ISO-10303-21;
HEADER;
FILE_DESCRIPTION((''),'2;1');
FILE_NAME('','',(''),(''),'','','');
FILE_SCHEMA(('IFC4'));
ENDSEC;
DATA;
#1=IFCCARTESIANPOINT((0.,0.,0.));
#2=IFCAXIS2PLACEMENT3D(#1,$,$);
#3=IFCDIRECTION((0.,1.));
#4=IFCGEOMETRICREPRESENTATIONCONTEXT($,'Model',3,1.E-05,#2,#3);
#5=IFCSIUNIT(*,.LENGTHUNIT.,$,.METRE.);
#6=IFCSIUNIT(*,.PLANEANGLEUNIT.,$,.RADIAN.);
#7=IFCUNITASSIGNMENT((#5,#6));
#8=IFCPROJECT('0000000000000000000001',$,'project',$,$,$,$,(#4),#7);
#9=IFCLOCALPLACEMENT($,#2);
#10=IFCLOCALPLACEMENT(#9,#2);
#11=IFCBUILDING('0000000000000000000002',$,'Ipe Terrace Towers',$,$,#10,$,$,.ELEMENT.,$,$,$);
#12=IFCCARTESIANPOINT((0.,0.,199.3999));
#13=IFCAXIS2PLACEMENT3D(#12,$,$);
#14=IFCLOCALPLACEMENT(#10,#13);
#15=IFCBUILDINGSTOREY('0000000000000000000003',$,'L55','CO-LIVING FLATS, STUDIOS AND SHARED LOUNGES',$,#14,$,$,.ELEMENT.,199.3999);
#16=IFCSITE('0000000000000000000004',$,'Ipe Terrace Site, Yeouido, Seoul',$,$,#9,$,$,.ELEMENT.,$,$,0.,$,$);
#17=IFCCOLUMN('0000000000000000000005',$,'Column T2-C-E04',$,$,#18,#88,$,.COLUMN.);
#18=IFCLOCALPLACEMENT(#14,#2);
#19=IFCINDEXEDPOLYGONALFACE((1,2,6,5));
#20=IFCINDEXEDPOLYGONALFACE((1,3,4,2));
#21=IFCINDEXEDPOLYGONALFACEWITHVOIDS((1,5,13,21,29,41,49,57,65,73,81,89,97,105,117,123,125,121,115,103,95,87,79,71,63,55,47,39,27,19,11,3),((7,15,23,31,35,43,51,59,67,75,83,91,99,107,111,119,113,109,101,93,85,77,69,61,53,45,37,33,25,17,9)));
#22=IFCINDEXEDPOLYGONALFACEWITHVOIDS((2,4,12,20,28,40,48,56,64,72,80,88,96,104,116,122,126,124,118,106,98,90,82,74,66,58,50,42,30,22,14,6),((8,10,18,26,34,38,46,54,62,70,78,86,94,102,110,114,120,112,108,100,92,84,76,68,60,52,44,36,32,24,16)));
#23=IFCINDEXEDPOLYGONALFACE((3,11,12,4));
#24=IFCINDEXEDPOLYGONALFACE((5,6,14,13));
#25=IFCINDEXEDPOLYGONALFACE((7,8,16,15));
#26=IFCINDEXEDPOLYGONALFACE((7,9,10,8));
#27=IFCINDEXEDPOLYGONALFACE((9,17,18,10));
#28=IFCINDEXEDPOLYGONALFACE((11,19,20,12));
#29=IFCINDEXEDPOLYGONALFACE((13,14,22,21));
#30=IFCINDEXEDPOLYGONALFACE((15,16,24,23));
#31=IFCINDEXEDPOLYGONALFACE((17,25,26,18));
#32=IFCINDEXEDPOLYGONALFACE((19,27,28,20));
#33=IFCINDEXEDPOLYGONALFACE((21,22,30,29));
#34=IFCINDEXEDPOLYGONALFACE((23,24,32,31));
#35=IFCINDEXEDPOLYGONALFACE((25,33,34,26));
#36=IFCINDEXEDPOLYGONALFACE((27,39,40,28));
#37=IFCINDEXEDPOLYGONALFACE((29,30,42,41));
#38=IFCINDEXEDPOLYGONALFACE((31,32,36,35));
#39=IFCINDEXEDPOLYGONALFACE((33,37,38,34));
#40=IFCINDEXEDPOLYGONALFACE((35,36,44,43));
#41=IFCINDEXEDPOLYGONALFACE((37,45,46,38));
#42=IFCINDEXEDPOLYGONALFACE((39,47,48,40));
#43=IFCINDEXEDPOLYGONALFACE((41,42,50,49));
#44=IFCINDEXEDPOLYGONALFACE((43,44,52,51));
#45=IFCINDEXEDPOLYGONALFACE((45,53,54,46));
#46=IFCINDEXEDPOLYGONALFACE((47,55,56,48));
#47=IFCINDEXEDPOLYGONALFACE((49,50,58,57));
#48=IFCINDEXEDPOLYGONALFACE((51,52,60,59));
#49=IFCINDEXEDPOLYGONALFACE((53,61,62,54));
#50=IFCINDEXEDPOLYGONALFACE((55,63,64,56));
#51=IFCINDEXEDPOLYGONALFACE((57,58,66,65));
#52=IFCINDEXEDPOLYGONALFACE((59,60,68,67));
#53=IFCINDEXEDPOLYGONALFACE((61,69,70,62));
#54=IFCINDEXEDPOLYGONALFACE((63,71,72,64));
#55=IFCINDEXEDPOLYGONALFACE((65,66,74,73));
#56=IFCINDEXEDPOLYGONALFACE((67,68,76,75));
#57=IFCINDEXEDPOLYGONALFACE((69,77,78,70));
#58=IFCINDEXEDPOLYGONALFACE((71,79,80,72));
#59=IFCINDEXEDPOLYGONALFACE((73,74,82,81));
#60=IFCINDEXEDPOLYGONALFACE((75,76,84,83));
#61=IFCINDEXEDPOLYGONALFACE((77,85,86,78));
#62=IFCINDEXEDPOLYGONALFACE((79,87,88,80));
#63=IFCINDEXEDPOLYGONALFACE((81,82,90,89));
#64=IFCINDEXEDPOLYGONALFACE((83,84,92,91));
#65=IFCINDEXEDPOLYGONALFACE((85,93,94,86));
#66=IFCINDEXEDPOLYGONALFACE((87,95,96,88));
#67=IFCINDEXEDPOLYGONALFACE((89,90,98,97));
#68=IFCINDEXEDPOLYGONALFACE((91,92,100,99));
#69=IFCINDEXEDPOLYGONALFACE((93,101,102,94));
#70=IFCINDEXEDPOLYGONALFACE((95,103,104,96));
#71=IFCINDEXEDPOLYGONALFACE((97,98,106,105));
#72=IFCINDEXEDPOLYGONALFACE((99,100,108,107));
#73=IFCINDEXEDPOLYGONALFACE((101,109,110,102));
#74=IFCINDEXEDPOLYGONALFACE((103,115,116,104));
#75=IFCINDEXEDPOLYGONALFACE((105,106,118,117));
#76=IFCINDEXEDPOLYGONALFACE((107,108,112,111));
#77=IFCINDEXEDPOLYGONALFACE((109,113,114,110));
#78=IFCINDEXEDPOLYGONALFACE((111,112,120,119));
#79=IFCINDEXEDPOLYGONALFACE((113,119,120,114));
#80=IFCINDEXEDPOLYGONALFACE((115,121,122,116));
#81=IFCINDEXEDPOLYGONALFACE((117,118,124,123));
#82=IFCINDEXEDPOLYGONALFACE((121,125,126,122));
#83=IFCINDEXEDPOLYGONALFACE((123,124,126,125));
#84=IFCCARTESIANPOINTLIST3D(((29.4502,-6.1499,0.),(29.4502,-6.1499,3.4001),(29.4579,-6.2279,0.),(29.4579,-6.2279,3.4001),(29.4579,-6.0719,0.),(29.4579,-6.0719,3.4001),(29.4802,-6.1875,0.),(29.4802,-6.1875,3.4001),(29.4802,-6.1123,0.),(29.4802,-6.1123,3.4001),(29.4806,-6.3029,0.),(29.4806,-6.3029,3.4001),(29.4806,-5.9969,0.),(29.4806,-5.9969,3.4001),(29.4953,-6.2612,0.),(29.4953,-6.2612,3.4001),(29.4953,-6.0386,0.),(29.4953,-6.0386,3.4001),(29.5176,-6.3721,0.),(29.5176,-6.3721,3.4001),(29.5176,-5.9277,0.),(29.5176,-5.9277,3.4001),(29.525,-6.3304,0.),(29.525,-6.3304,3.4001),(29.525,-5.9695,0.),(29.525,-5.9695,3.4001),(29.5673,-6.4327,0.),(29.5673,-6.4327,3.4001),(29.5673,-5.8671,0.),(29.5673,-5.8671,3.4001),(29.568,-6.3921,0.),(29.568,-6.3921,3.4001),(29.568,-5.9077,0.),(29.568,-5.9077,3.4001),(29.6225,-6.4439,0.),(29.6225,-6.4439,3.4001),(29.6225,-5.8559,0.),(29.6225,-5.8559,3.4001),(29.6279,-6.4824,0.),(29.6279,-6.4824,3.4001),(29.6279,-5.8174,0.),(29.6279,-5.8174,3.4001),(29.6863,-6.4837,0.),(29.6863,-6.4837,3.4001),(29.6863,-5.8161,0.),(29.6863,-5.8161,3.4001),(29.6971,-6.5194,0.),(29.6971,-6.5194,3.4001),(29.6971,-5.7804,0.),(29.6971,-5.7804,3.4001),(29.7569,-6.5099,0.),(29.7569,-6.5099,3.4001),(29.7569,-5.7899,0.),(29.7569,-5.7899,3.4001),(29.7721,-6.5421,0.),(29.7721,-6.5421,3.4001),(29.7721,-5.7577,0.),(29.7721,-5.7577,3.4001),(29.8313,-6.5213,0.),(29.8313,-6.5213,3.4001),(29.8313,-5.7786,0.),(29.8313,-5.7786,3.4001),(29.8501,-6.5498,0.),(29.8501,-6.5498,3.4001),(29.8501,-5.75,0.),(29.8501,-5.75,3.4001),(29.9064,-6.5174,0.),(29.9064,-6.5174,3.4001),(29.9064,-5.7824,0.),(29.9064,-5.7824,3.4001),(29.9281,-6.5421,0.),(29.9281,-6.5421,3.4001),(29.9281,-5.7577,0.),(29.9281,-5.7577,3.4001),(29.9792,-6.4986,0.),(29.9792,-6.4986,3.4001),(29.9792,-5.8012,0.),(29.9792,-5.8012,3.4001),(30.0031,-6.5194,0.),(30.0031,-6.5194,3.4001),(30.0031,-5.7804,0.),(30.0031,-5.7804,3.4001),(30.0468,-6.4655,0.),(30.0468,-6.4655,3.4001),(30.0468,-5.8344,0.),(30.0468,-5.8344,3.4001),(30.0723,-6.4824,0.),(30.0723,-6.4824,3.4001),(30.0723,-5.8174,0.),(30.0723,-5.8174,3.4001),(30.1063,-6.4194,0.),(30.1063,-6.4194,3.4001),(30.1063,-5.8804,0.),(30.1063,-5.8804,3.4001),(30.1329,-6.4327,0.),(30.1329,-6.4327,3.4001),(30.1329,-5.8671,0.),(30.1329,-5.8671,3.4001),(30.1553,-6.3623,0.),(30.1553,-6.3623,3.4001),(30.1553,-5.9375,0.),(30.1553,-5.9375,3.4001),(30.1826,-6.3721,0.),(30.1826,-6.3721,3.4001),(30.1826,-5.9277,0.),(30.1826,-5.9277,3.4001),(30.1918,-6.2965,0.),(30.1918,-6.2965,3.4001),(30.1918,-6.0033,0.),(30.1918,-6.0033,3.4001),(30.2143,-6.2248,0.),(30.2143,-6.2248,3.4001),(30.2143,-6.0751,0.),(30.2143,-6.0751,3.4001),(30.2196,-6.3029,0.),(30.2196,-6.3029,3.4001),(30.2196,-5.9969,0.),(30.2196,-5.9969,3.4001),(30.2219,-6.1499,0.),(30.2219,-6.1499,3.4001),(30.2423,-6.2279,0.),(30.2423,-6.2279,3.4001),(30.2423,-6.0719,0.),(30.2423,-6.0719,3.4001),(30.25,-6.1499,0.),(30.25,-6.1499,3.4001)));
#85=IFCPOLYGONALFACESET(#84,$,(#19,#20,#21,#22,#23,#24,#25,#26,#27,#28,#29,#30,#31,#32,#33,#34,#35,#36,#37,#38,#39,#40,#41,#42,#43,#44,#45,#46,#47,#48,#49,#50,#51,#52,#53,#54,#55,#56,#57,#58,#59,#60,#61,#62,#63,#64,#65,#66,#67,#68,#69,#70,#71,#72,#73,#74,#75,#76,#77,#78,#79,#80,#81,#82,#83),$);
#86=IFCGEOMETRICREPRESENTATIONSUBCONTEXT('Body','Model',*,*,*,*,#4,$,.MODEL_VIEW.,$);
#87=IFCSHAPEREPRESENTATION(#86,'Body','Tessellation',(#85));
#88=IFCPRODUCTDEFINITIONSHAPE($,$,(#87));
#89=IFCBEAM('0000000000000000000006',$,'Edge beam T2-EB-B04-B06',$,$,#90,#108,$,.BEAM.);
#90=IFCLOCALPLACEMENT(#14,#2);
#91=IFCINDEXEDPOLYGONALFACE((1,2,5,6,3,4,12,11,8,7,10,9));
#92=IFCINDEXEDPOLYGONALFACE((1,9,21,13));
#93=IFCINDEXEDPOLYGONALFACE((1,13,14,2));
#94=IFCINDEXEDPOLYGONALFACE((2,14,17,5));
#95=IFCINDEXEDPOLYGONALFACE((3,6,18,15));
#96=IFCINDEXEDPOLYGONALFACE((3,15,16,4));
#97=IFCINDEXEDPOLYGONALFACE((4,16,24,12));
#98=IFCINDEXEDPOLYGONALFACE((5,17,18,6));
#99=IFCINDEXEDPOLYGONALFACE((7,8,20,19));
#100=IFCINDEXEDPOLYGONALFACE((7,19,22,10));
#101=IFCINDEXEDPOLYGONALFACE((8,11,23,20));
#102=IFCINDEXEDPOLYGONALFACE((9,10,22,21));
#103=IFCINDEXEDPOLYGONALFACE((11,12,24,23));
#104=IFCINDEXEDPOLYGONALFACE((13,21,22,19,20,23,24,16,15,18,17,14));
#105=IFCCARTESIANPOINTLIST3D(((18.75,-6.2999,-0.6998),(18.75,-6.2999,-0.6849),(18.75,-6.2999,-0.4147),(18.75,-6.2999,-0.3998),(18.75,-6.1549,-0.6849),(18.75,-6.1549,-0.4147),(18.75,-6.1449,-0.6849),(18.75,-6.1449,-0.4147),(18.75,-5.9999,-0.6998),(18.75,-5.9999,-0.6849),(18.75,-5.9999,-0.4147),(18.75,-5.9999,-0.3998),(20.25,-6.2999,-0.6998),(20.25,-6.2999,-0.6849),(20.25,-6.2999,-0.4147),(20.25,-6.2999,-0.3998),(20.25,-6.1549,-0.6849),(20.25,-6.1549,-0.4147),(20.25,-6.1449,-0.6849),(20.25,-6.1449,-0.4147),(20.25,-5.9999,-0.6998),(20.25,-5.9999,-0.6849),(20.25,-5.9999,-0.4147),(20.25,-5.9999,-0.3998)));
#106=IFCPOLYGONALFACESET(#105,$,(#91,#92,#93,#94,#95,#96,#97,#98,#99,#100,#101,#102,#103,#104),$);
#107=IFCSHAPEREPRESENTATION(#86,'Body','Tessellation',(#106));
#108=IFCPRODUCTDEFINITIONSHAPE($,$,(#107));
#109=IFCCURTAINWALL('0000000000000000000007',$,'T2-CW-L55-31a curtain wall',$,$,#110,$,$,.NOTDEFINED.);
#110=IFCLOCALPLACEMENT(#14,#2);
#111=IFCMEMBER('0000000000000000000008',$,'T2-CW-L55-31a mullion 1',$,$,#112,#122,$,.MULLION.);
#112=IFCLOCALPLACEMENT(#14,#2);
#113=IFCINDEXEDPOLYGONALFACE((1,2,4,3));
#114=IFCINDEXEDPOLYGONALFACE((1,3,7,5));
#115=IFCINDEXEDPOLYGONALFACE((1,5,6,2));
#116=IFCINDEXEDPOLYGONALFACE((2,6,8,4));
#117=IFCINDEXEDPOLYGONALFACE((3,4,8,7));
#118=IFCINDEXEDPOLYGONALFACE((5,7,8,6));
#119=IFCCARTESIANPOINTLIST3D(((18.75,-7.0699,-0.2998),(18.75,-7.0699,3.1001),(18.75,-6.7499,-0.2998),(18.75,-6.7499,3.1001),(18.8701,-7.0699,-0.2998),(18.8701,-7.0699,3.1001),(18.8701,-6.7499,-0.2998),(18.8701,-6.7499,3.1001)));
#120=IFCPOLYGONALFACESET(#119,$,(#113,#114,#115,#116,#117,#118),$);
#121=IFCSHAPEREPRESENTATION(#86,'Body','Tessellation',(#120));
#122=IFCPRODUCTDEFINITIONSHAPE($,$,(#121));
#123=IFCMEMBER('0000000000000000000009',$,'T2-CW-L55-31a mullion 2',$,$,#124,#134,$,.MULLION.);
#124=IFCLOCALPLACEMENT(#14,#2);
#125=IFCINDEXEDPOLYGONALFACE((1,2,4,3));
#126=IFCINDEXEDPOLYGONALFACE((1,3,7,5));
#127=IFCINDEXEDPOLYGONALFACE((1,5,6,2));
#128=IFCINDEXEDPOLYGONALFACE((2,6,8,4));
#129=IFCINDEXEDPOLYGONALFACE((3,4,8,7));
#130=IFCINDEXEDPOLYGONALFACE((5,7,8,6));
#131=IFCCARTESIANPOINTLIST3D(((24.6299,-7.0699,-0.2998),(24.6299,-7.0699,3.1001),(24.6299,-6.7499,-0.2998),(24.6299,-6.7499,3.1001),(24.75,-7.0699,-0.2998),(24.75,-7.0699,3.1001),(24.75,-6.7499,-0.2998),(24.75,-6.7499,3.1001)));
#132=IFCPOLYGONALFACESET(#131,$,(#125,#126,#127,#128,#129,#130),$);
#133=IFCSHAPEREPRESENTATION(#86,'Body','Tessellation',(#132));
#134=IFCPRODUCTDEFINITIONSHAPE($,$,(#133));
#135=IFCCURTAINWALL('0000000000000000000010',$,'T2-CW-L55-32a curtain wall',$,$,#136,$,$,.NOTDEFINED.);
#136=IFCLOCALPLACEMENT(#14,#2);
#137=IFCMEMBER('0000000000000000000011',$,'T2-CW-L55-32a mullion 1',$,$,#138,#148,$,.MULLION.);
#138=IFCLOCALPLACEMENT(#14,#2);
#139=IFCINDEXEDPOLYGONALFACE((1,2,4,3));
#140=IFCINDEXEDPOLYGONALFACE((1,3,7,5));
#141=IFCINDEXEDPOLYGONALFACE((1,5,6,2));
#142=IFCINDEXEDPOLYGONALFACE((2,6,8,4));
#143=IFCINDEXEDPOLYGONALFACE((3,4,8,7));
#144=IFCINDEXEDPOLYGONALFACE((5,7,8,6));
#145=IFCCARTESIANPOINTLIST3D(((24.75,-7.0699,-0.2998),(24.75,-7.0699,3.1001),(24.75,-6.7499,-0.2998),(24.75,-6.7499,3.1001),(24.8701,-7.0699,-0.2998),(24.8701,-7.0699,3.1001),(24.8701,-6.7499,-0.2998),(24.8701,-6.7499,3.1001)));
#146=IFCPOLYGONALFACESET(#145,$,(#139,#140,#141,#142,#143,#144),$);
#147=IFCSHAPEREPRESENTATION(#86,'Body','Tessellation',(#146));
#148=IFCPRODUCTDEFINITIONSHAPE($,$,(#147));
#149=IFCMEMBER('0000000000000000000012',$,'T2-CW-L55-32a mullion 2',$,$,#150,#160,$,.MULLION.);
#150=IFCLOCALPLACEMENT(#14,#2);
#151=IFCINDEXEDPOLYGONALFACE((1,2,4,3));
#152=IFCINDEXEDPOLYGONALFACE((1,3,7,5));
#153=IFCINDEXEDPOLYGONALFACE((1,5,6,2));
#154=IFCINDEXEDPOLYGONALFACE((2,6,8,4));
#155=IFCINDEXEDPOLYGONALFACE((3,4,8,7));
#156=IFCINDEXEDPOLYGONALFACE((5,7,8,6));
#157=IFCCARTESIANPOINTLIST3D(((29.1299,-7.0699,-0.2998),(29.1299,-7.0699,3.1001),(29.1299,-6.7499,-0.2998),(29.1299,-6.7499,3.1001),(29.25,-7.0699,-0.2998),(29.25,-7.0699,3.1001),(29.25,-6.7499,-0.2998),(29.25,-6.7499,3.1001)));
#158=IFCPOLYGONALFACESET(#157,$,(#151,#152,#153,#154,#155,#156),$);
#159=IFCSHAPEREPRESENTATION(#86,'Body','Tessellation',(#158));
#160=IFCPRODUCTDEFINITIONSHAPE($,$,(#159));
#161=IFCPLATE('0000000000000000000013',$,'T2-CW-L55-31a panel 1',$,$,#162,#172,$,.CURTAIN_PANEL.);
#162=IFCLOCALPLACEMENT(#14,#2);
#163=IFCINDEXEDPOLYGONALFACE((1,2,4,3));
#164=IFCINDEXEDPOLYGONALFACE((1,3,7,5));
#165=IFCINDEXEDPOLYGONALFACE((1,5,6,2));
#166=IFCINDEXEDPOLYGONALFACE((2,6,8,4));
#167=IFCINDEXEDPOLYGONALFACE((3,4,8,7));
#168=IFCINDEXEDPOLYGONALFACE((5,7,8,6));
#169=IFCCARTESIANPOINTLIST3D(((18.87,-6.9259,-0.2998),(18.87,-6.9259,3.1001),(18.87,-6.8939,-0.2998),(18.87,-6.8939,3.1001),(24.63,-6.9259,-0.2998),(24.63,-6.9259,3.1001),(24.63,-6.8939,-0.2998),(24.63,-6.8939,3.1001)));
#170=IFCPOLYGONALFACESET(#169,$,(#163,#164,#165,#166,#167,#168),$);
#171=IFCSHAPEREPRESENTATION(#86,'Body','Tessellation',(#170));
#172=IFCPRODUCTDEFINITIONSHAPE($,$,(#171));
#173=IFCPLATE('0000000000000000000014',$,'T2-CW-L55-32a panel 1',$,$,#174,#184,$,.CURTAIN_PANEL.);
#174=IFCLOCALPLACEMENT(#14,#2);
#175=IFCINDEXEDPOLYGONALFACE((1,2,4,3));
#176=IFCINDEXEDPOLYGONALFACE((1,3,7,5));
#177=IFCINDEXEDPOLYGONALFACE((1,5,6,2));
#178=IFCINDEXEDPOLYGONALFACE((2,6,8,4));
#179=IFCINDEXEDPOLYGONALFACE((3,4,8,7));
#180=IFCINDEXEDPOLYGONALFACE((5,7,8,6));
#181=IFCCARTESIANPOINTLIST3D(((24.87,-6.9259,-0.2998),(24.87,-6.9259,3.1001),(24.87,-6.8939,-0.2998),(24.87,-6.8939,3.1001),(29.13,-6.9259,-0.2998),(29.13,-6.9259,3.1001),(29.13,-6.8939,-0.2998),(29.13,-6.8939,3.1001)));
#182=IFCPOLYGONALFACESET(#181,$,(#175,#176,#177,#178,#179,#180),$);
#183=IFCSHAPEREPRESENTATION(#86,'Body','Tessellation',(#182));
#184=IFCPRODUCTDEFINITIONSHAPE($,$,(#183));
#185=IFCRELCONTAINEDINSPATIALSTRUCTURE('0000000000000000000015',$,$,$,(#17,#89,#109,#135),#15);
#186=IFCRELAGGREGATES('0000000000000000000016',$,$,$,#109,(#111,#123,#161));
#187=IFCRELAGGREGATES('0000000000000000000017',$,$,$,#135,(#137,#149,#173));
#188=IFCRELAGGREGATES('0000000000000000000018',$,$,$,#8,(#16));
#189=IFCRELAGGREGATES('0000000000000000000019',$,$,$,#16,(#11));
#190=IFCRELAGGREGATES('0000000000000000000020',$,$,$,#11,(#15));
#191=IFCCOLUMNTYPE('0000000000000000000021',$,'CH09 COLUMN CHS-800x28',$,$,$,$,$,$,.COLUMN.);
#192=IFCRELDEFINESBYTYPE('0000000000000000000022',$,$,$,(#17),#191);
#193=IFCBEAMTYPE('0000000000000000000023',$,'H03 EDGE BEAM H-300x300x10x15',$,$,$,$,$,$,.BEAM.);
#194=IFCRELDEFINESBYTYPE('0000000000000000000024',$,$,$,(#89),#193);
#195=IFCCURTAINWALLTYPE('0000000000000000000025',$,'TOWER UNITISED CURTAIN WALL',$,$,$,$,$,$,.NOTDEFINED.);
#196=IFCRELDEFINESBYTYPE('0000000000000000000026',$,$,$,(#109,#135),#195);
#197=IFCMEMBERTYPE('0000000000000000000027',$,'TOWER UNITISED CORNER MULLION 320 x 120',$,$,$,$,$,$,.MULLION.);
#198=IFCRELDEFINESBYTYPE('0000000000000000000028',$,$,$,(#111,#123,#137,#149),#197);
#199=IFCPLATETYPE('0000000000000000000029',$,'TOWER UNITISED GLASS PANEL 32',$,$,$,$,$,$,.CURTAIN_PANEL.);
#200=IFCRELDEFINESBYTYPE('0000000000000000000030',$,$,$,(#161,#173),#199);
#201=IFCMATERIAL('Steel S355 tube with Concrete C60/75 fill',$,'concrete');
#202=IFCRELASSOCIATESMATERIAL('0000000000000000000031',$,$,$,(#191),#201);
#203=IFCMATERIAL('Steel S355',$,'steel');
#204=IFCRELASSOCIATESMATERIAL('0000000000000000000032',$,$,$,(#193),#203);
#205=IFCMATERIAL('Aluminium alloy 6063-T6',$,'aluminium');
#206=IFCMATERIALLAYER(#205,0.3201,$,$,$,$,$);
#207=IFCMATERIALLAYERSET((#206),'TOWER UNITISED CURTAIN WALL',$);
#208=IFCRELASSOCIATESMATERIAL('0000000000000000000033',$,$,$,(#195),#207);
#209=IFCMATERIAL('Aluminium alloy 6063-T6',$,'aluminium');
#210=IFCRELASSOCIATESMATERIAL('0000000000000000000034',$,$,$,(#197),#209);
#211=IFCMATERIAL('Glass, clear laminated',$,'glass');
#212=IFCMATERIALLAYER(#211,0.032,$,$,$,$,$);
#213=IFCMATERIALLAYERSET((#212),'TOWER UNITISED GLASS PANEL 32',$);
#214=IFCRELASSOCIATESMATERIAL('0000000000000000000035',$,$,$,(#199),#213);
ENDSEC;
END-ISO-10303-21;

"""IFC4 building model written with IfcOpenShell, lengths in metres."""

from ifc_helpers import new_model, si_unit, direction, frame, origin, origin_2d, place, context, subcontext, project, spatial, rectangle, hollow_circle, i_section, extrude, material, layer, layer_set, material_profile, profile_set, type_object, element, aggregate, save


model = new_model("IFC4")

# Units and contexts
model_context = context("Model", 3, precision=1e-05, world=origin(), true_north=direction((0.0, 1.0)))
body_context = subcontext(model_context, "Body", "Model", "MODEL_VIEW")
ifc_project = project(units=[si_unit("LENGTHUNIT", "METRE"), si_unit("PLANEANGLEUNIT", "RADIAN")], contexts=[model_context])

# Site, building, storey
site_placement = place(None, origin())
site = spatial("IfcSite", under=ifc_project, at=site_placement, Name="Ipe Terrace Site, Yeouido, Seoul", CompositionType="ELEMENT", RefElevation=0.0)
building_placement = place(site_placement, origin())
building = spatial("IfcBuilding", under=site, at=building_placement, Name="Ipe Terrace Towers", CompositionType="ELEMENT")
storey_placement = place(building_placement, frame((0.0, 0.0, 199.3999)))
storey = spatial("IfcBuildingStorey", under=building, at=storey_placement, Name="L55", Description="CO-LIVING FLATS, STUDIOS AND SHARED LOUNGES", CompositionType="ELEMENT", Elevation=199.3999)

# Column
ifc_material_1 = material(Name="Steel S355 tube with Concrete C60/75 fill", Category="concrete")
ifc_material_profile_1 = material_profile(ifc_material_1, hollow_circle(Radius=0.3999, WallThickness=0.0281, at=origin_2d()), Name="CHS-800x28")
ifc_profile_set_1 = profile_set([ifc_material_profile_1], Name="Steel S355 tube with Concrete C60/75 fill")
column_type_1 = type_object("IfcColumnType", Name="CH09 COLUMN CHS-800x28", PredefinedType="COLUMN", material=ifc_profile_set_1)
column_placement = place(storey_placement, frame((29.8501, -6.1499, 0.0), z_axis=(0.0, 0.0, 1.0), x_axis=(1.0, 0.0, 0.0)))
element("IfcColumn", 1, at=column_placement, inside=storey, type_object=column_type_1, Name="Column T2-C-E04", PredefinedType="COLUMN", context=body_context, shape_type="SweptSolid", body=[
    extrude(hollow_circle(Radius=0.3999, WallThickness=0.0281, at=origin_2d()), origin(), (0.0, 0.0, 1.0), 3.4001),
])

# Beam
ifc_material_2 = material(Name="Steel S355", Category="steel")
ifc_material_profile_2 = material_profile(ifc_material_2, i_section(OverallWidth=0.3, OverallDepth=0.3, WebThickness=0.01, FlangeThickness=0.0149, at=origin_2d()), Name="H-300x300x10x15")
ifc_profile_set_2 = profile_set([ifc_material_profile_2], Name="Steel S355")
beam_type = type_object("IfcBeamType", Name="H03 EDGE BEAM H-300x300x10x15", PredefinedType="BEAM", material=ifc_profile_set_2)
beam_placement = place(storey_placement, frame((20.25, -6.1499, -0.5498), z_axis=(-1.0, 0.0, 0.0), x_axis=(0.0, -1.0, 0.0)))
element("IfcBeam", 2, at=beam_placement, inside=storey, type_object=beam_type, Name="Edge beam T2-EB-B04-B06", PredefinedType="BEAM", context=body_context, shape_type="SweptSolid", body=[
    extrude(i_section(OverallWidth=0.3, OverallDepth=0.3, WebThickness=0.01, FlangeThickness=0.0149, at=origin_2d()), origin(), (0.0, 0.0, 1.0), 1.5),
])

# Curtain walls, members
ifc_material_3 = material(Name="Aluminium alloy 6063-T6", Category="aluminium")
ifc_layer_1 = layer(ifc_material_3, 0.3201)
ifc_layer_set_1 = layer_set([ifc_layer_1], Name="TOWER UNITISED CURTAIN WALL")
curtain_wall_type = type_object("IfcCurtainWallType", Name="TOWER UNITISED CURTAIN WALL", PredefinedType="NOTDEFINED", material=ifc_layer_set_1)
curtain_wall_1_placement = place(storey_placement, origin())
curtain_wall_1 = element("IfcCurtainWall", 3, at=curtain_wall_1_placement, inside=storey, type_object=curtain_wall_type, Name="T2-CW-L55-31a curtain wall", PredefinedType="NOTDEFINED")
ifc_material_4 = material(Name="Aluminium alloy 6063-T6", Category="aluminium")
ifc_material_profile_3 = material_profile(ifc_material_4, rectangle(XDim=0.3201, YDim=0.1201, at=origin_2d()), Name="TOWER UNITISED CORNER MULLION 320 x 120")
ifc_profile_set_3 = profile_set([ifc_material_profile_3], Name="Aluminium alloy 6063-T6")
member_type = type_object("IfcMemberType", Name="TOWER UNITISED CORNER MULLION 320 x 120", PredefinedType="MULLION", material=ifc_profile_set_3)
member_1_placement = place(storey_placement, frame((18.8101, -6.9099, -0.2998), z_axis=(0.0, 0.0, 1.0), x_axis=(0.0, -1.0, 0.0)))
member_1 = element("IfcMember", 4, at=member_1_placement, type_object=member_type, Name="T2-CW-L55-31a mullion 1", PredefinedType="MULLION", context=body_context, shape_type="SweptSolid", body=[
    extrude(rectangle(XDim=0.3201, YDim=0.1201, at=origin_2d()), origin(), (0.0, 0.0, 1.0), 3.3999),
])
member_2_placement = place(storey_placement, frame((24.6899, -6.9099, -0.2998), z_axis=(0.0, 0.0, 1.0), x_axis=(0.0, -1.0, 0.0)))
member_2 = element("IfcMember", 5, at=member_2_placement, type_object=member_type, Name="T2-CW-L55-31a mullion 2", PredefinedType="MULLION", context=body_context, shape_type="SweptSolid", body=[
    extrude(rectangle(XDim=0.3201, YDim=0.1201, at=origin_2d()), origin(), (0.0, 0.0, 1.0), 3.3999),
])
curtain_wall_2_placement = place(storey_placement, origin())
curtain_wall_2 = element("IfcCurtainWall", 6, at=curtain_wall_2_placement, inside=storey, type_object=curtain_wall_type, Name="T2-CW-L55-32a curtain wall", PredefinedType="NOTDEFINED")
member_3_placement = place(storey_placement, frame((24.8101, -6.9099, -0.2998), z_axis=(0.0, 0.0, 1.0), x_axis=(0.0, -1.0, 0.0)))
member_3 = element("IfcMember", 7, at=member_3_placement, type_object=member_type, Name="T2-CW-L55-32a mullion 1", PredefinedType="MULLION", context=body_context, shape_type="SweptSolid", body=[
    extrude(rectangle(XDim=0.3201, YDim=0.1201, at=origin_2d()), origin(), (0.0, 0.0, 1.0), 3.3999),
])
member_4_placement = place(storey_placement, frame((29.1899, -6.9099, -0.2998), z_axis=(0.0, 0.0, 1.0), x_axis=(0.0, -1.0, 0.0)))
member_4 = element("IfcMember", 8, at=member_4_placement, type_object=member_type, Name="T2-CW-L55-32a mullion 2", PredefinedType="MULLION", context=body_context, shape_type="SweptSolid", body=[
    extrude(rectangle(XDim=0.3201, YDim=0.1201, at=origin_2d()), origin(), (0.0, 0.0, 1.0), 3.3999),
])

# Plates
ifc_material_5 = material(Name="Glass, clear laminated", Category="glass")
ifc_layer_2 = layer(ifc_material_5, 0.032)
ifc_layer_set_2 = layer_set([ifc_layer_2], Name="TOWER UNITISED GLASS PANEL 32")
plate_type = type_object("IfcPlateType", Name="TOWER UNITISED GLASS PANEL 32", PredefinedType="CURTAIN_PANEL", material=ifc_layer_set_2)
plate_1_placement = place(storey_placement, frame((21.75, -6.9099, -0.2998), z_axis=(0.0, 0.0, 1.0), x_axis=(1.0, 0.0, 0.0)))
plate_1 = element("IfcPlate", 9, at=plate_1_placement, type_object=plate_type, Name="T2-CW-L55-31a panel 1", PredefinedType="CURTAIN_PANEL", context=body_context, shape_type="SweptSolid", body=[
    extrude(rectangle(XDim=5.76, YDim=0.032, at=origin_2d()), origin(), (0.0, 0.0, 1.0), 3.3999),
])
aggregate(curtain_wall_1, [member_1, member_2, plate_1])
plate_2_placement = place(storey_placement, frame((27.0, -6.9099, -0.2998), z_axis=(0.0, 0.0, 1.0), x_axis=(1.0, 0.0, 0.0)))
plate_2 = element("IfcPlate", 10, at=plate_2_placement, type_object=plate_type, Name="T2-CW-L55-32a panel 1", PredefinedType="CURTAIN_PANEL", context=body_context, shape_type="SweptSolid", body=[
    extrude(rectangle(XDim=4.26, YDim=0.032, at=origin_2d()), origin(), (0.0, 0.0, 1.0), 3.3999),
])
aggregate(curtain_wall_2, [member_3, member_4, plate_2])

save(model, "model.ifc")
